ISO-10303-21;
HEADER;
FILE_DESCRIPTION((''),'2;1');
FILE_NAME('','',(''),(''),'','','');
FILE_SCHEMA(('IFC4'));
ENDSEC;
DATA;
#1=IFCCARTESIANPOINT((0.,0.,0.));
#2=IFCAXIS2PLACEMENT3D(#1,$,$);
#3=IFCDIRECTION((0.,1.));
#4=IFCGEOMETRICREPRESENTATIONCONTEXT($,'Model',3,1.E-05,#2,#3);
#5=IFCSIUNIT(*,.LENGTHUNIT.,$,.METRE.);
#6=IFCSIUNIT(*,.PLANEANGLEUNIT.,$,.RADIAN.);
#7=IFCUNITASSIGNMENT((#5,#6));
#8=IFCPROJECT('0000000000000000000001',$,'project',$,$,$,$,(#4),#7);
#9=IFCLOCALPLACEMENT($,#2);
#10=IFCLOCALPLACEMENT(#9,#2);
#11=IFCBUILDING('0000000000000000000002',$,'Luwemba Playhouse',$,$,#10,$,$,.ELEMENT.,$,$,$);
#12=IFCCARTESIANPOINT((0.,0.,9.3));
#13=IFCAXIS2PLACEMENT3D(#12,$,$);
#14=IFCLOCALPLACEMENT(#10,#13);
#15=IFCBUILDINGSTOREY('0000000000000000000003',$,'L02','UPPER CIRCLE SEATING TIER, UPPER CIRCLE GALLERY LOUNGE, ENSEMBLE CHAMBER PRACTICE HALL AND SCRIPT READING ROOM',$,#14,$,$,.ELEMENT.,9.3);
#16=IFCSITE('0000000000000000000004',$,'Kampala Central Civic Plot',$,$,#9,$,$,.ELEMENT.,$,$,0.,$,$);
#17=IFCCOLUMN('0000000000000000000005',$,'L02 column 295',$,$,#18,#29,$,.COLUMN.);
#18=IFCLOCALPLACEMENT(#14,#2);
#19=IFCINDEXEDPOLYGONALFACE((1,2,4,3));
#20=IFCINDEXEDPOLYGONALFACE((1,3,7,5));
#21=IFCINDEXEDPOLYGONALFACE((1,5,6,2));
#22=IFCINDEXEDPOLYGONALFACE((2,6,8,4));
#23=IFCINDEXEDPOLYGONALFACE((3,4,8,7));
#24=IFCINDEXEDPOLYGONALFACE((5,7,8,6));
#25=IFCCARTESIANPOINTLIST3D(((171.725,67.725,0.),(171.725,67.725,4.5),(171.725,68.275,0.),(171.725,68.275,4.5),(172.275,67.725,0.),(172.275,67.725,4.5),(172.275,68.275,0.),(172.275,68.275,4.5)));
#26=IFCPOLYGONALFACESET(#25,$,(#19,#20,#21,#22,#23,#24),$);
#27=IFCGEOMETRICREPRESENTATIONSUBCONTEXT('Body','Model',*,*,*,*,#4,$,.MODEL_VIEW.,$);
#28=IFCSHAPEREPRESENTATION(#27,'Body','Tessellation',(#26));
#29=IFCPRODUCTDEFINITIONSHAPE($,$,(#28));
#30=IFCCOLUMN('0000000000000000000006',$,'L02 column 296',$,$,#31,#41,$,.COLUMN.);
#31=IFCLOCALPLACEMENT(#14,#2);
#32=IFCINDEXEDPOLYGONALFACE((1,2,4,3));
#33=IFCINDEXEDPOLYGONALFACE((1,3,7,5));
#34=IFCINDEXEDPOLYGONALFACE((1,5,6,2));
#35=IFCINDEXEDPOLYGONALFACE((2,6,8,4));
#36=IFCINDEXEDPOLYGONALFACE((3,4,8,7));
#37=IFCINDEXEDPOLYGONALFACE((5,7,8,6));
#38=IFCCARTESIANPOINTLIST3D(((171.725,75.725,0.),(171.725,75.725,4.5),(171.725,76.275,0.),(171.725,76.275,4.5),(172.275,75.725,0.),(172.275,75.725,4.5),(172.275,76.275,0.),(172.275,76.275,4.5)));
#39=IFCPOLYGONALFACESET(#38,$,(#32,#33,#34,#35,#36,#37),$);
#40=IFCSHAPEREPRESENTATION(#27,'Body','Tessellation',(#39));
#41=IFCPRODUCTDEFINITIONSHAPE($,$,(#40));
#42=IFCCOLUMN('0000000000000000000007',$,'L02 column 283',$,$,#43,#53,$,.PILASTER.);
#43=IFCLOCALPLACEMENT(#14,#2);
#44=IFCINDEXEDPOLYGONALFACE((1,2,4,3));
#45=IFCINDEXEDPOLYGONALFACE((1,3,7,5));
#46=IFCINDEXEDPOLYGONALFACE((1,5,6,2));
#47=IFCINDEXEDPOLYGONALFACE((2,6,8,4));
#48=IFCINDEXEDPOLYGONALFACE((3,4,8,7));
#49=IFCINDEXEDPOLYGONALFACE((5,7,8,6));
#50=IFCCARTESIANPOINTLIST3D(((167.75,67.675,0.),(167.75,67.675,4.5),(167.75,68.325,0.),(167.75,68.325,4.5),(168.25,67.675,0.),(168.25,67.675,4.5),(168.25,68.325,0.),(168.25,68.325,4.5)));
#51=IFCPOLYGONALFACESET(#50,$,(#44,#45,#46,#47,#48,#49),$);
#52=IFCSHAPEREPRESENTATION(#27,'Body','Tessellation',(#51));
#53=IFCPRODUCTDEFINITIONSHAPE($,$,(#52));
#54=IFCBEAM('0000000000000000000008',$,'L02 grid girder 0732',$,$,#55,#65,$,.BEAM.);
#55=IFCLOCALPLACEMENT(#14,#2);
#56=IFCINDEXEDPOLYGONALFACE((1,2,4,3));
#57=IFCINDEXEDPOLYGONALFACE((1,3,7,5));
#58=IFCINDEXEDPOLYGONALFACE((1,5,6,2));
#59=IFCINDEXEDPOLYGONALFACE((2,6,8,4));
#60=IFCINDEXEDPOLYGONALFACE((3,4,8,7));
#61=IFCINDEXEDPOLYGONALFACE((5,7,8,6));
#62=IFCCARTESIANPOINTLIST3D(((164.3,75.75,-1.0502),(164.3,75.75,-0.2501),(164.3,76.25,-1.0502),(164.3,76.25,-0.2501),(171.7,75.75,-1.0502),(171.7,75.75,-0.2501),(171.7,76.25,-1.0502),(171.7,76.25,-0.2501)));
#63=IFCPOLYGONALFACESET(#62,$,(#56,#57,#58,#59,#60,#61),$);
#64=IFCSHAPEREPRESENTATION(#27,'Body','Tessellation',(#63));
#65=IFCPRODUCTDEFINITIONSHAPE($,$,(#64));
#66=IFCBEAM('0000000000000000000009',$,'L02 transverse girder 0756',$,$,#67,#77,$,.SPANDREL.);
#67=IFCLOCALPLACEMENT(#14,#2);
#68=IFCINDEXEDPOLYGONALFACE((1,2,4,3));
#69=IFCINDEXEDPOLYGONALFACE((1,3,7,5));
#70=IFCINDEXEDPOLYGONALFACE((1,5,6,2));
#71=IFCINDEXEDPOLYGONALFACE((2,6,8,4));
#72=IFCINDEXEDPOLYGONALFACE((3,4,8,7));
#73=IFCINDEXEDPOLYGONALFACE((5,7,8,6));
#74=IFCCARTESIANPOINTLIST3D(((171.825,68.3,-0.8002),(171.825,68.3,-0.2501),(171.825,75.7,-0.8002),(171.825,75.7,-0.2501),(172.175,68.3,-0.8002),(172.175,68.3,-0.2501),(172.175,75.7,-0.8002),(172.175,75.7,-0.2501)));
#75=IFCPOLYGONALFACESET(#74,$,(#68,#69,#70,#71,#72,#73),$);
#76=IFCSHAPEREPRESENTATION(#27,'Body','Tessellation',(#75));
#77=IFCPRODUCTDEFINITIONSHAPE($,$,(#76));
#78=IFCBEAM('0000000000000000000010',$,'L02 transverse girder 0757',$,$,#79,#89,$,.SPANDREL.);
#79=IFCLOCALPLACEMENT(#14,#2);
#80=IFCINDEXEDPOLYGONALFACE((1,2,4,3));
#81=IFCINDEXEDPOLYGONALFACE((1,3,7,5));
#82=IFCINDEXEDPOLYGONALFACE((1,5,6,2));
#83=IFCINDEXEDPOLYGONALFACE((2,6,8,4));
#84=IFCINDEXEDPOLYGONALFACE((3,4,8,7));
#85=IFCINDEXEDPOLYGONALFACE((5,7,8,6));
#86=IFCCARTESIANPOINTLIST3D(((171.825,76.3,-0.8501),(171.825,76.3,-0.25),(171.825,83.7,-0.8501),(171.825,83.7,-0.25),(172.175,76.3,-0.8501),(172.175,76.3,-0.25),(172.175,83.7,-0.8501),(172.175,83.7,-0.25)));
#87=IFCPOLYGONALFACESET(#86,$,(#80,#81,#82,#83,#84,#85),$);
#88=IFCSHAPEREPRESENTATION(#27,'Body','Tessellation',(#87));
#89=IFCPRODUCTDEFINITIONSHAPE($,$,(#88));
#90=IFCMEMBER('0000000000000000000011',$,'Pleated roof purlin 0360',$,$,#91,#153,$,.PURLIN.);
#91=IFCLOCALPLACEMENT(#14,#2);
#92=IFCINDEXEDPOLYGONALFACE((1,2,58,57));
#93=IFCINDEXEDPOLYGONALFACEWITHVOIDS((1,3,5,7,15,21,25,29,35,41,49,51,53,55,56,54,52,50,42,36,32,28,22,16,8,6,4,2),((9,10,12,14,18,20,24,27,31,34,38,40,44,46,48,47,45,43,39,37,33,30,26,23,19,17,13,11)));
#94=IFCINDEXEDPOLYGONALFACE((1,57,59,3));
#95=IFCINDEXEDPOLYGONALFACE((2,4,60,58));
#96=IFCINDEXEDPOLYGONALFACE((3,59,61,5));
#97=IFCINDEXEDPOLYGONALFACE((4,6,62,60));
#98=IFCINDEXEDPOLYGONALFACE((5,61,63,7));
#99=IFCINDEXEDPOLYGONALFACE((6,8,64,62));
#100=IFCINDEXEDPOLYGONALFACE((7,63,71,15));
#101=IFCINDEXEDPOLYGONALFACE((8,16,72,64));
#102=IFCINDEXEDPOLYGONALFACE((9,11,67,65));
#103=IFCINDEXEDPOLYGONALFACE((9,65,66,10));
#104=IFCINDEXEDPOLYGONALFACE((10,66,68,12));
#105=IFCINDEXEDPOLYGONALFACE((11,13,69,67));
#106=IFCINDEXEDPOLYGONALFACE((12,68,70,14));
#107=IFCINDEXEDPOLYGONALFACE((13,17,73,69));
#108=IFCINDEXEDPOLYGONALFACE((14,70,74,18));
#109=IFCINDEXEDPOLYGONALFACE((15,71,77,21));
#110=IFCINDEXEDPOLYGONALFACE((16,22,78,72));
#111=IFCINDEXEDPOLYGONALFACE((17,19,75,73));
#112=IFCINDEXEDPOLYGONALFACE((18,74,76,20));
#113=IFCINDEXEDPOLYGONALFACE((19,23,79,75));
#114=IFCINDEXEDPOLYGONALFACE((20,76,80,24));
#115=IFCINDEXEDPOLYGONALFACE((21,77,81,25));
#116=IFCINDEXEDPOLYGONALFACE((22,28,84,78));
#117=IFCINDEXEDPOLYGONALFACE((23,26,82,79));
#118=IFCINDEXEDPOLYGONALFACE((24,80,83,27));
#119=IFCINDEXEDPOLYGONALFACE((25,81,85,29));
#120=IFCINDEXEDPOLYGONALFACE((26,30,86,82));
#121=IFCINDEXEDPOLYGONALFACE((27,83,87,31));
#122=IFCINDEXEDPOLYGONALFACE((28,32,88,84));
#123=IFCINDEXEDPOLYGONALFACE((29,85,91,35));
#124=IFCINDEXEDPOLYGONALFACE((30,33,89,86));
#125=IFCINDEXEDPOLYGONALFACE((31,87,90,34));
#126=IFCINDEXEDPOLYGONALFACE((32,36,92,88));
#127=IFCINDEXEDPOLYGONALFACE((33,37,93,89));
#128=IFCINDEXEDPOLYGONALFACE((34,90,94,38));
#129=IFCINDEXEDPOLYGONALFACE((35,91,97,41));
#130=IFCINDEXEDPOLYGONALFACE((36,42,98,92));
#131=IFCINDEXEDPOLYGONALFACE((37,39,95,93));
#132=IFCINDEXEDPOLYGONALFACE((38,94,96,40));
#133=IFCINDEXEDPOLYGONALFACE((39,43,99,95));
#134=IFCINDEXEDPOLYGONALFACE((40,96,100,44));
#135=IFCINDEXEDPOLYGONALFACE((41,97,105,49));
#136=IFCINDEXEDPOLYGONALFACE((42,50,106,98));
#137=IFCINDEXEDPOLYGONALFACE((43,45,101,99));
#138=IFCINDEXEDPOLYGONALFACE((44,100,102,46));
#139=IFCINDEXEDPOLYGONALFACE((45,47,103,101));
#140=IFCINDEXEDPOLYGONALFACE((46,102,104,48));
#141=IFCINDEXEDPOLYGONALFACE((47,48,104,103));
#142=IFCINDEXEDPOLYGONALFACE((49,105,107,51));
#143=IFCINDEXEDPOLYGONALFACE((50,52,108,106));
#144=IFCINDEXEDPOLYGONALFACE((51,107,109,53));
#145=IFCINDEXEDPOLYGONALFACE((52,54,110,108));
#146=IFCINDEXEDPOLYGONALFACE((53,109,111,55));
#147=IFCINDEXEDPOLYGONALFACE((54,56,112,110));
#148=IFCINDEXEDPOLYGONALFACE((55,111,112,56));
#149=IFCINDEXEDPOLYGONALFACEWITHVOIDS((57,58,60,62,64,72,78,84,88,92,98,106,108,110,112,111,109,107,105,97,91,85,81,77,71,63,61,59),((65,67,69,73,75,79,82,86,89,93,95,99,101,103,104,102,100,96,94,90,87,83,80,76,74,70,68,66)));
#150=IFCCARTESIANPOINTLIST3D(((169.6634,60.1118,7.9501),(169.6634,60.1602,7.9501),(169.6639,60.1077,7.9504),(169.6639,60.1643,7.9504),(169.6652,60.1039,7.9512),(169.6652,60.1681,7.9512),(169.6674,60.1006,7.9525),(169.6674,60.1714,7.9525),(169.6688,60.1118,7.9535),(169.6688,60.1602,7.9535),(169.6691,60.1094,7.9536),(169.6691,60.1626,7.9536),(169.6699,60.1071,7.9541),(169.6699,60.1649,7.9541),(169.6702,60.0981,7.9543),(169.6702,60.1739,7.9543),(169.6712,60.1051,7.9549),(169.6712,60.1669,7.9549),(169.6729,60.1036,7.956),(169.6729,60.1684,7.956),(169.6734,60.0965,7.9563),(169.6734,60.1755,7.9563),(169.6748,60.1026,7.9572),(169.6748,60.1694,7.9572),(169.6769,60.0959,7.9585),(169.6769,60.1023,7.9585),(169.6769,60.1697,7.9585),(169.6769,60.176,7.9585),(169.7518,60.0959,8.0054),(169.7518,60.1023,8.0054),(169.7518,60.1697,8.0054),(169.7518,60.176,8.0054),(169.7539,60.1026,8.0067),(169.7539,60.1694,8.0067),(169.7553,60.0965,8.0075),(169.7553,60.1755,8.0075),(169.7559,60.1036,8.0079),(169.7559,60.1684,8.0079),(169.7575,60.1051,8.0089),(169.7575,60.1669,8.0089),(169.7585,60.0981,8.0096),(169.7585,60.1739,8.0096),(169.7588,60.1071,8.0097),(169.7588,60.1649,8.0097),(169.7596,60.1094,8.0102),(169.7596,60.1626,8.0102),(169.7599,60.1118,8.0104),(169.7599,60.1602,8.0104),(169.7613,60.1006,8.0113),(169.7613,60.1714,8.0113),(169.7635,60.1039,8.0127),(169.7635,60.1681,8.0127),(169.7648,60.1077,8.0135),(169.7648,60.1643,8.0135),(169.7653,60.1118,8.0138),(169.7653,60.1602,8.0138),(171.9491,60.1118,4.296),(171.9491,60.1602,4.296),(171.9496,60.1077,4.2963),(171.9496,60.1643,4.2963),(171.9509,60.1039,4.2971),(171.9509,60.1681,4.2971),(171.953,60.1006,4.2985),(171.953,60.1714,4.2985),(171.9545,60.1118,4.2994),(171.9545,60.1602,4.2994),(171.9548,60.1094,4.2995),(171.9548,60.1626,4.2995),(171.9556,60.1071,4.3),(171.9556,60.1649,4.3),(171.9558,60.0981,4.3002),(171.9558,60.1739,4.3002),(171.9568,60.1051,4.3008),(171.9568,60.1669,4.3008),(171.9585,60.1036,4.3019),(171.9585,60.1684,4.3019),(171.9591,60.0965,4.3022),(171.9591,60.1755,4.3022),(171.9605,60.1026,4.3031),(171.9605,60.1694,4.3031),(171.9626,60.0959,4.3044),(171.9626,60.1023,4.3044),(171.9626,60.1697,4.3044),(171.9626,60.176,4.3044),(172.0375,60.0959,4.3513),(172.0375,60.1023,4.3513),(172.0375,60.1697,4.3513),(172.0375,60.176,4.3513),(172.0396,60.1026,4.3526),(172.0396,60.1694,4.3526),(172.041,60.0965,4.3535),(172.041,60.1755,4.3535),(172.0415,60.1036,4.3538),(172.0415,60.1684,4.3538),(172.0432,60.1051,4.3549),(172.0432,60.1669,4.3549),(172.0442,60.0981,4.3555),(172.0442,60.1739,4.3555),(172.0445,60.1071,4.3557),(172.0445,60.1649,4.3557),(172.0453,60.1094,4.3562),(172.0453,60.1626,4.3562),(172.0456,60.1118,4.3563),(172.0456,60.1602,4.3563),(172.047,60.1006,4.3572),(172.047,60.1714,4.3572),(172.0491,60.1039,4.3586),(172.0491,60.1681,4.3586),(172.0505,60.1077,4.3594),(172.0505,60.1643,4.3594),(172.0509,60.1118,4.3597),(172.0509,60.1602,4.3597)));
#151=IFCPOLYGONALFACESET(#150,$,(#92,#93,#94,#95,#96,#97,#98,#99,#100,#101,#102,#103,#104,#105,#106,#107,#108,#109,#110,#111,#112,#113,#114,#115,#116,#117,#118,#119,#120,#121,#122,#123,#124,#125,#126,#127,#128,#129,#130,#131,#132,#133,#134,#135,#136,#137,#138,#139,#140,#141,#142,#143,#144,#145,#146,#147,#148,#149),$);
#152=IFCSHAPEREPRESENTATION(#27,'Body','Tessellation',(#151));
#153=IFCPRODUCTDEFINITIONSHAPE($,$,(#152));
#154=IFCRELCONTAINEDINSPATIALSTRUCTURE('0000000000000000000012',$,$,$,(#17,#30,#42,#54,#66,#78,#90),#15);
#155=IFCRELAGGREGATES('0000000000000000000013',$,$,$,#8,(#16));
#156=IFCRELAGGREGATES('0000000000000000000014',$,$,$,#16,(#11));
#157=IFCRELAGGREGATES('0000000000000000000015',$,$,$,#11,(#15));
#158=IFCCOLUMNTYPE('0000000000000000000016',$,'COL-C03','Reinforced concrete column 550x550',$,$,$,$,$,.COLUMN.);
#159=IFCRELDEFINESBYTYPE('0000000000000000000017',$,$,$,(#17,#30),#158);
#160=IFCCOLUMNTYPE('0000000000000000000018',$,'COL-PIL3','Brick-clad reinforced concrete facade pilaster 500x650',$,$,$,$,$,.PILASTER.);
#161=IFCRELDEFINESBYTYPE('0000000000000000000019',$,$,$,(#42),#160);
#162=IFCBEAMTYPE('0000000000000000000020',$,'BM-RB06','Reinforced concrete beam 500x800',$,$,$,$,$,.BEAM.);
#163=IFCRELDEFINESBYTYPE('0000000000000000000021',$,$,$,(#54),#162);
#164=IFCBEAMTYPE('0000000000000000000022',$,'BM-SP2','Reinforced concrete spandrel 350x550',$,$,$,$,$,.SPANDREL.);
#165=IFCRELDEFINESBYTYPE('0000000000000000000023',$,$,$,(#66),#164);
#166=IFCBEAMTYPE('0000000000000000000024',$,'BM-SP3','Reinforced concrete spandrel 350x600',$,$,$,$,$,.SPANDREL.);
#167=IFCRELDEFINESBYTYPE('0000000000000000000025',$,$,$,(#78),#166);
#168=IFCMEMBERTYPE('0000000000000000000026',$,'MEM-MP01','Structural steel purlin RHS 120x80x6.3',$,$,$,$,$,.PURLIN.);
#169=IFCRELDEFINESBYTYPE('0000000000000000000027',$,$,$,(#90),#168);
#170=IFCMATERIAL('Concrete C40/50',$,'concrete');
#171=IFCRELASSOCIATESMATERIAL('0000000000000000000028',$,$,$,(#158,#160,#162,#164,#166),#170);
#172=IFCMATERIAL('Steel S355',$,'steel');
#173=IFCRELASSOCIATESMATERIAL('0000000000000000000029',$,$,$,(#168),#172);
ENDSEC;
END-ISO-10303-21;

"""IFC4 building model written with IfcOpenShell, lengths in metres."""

from ifc_helpers import new_model, si_unit, direction, frame, origin, origin_2d, place, context, subcontext, project, spatial, rectangle, hollow_rectangle, extrude, material, material_profile, profile_set, type_object, element, save


model = new_model("IFC4")

# Units and contexts
model_context = context("Model", 3, precision=1e-05, world=origin(), true_north=direction((0.0, 1.0)))
body_context = subcontext(model_context, "Body", "Model", "MODEL_VIEW")
ifc_project = project(units=[si_unit("LENGTHUNIT", "METRE"), si_unit("PLANEANGLEUNIT", "RADIAN")], contexts=[model_context])

# Site, building, storey
site_placement = place(None, origin())
site = spatial("IfcSite", under=ifc_project, at=site_placement, Name="Kampala Central Civic Plot", CompositionType="ELEMENT", RefElevation=0.0)
building_placement = place(site_placement, origin())
building = spatial("IfcBuilding", under=site, at=building_placement, Name="Luwemba Playhouse", CompositionType="ELEMENT")
storey_placement = place(building_placement, frame((0.0, 0.0, 9.3)))
storey = spatial("IfcBuildingStorey", under=building, at=storey_placement, Name="L02", Description="UPPER CIRCLE SEATING TIER, UPPER CIRCLE GALLERY LOUNGE, ENSEMBLE CHAMBER PRACTICE HALL AND SCRIPT READING ROOM", CompositionType="ELEMENT", Elevation=9.3)

# Columns
ifc_material_1 = material(Name="Concrete C40/50", Category="concrete")
ifc_material_profile_1 = material_profile(ifc_material_1, rectangle(XDim=0.55, YDim=0.55, at=origin_2d()))
ifc_profile_set_1 = profile_set([ifc_material_profile_1], Name="Concrete C40/50")
column_type_1 = type_object("IfcColumnType", Name="COL-C03", Description="Reinforced concrete column 550x550", PredefinedType="COLUMN", material=ifc_profile_set_1)
for number, where, z_axis, x_axis, name in (
    (1, (172.0, 68.0, 0.0), (0.0, 0.0, 1.0), (1.0, 0.0, 0.0), "L02 column 295"),
    (2, (172.0, 76.0, 0.0), (0.0, 0.0, 1.0), (1.0, 0.0, 0.0), "L02 column 296"),
):
    element("IfcColumn", number, at=place(storey_placement, frame(where, z_axis=z_axis, x_axis=x_axis)), inside=storey, type_object=column_type_1, Name=name, PredefinedType="COLUMN", context=body_context, shape_type="SweptSolid", body=[
        extrude(rectangle(XDim=0.55, YDim=0.55, at=origin_2d()), origin(), (0.0, 0.0, 1.0), 4.5),
    ])
ifc_material_profile_2 = material_profile(ifc_material_1, rectangle(XDim=0.5, YDim=0.6499, at=origin_2d()))
ifc_profile_set_2 = profile_set([ifc_material_profile_2], Name="Concrete C40/50")
column_type_2 = type_object("IfcColumnType", Name="COL-PIL3", Description="Brick-clad reinforced concrete facade pilaster 500x650", PredefinedType="PILASTER", material=ifc_profile_set_2)
column_placement = place(storey_placement, frame((168.0, 68.0, 0.0), z_axis=(0.0, 0.0, 1.0), x_axis=(1.0, 0.0, 0.0)))
element("IfcColumn", 3, at=column_placement, inside=storey, type_object=column_type_2, Name="L02 column 283", PredefinedType="PILASTER", context=body_context, shape_type="SweptSolid", body=[
    extrude(rectangle(XDim=0.5, YDim=0.6499, at=origin_2d()), origin(), (0.0, 0.0, 1.0), 4.5),
])

# Beams
ifc_material_profile_3 = material_profile(ifc_material_1, rectangle(XDim=0.5, YDim=0.8, at=origin_2d()))
ifc_profile_set_3 = profile_set([ifc_material_profile_3], Name="Concrete C40/50")
beam_type_1 = type_object("IfcBeamType", Name="BM-RB06", Description="Reinforced concrete beam 500x800", PredefinedType="BEAM", material=ifc_profile_set_3)
beam_1_placement = place(storey_placement, frame((164.3, 76.0, -0.6501), z_axis=(1.0, 0.0, 0.0), x_axis=(0.0, 1.0, 0.0)))
element("IfcBeam", 4, at=beam_1_placement, inside=storey, type_object=beam_type_1, Name="L02 grid girder 0732", PredefinedType="BEAM", context=body_context, shape_type="SweptSolid", body=[
    extrude(rectangle(XDim=0.5, YDim=0.8, at=origin_2d()), origin(), (0.0, 0.0, 1.0), 7.3999),
])
ifc_material_profile_4 = material_profile(ifc_material_1, rectangle(XDim=0.3501, YDim=0.55, at=origin_2d()))
ifc_profile_set_4 = profile_set([ifc_material_profile_4], Name="Concrete C40/50")
beam_type_2 = type_object("IfcBeamType", Name="BM-SP2", Description="Reinforced concrete spandrel 350x550", PredefinedType="SPANDREL", material=ifc_profile_set_4)
beam_2_placement = place(storey_placement, frame((172.0, 68.3, -0.5251), z_axis=(0.0, 1.0, 0.0), x_axis=(-1.0, 0.0, 0.0)))
element("IfcBeam", 5, at=beam_2_placement, inside=storey, type_object=beam_type_2, Name="L02 transverse girder 0756", PredefinedType="SPANDREL", context=body_context, shape_type="SweptSolid", body=[
    extrude(rectangle(XDim=0.3501, YDim=0.55, at=origin_2d()), origin(), (0.0, 0.0, 1.0), 7.3999),
])
ifc_material_profile_5 = material_profile(ifc_material_1, rectangle(XDim=0.3501, YDim=0.6001, at=origin_2d()))
ifc_profile_set_5 = profile_set([ifc_material_profile_5], Name="Concrete C40/50")
beam_type_3 = type_object("IfcBeamType", Name="BM-SP3", Description="Reinforced concrete spandrel 350x600", PredefinedType="SPANDREL", material=ifc_profile_set_5)
beam_3_placement = place(storey_placement, frame((172.0, 76.3, -0.55), z_axis=(0.0, 1.0, 0.0), x_axis=(-1.0, 0.0, 0.0)))
element("IfcBeam", 6, at=beam_3_placement, inside=storey, type_object=beam_type_3, Name="L02 transverse girder 0757", PredefinedType="SPANDREL", context=body_context, shape_type="SweptSolid", body=[
    extrude(rectangle(XDim=0.3501, YDim=0.6001, at=origin_2d()), origin(), (0.0, 0.0, 1.0), 7.3999),
])

# Member
ifc_material_2 = material(Name="Steel S355", Category="steel")
ifc_material_profile_6 = material_profile(ifc_material_2, hollow_rectangle(XDim=0.0801, YDim=0.1201, WallThickness=0.0063, InnerFilletRadius=0.0095, OuterFilletRadius=0.0159, at=origin_2d()))
ifc_profile_set_6 = profile_set([ifc_material_profile_6], Name="Steel S355")
member_type_1 = type_object("IfcMemberType", Name="MEM-MP01", Description="Structural steel purlin RHS 120x80x6.3", PredefinedType="PURLIN", material=ifc_profile_set_6)
member_1_placement = place(storey_placement, frame((169.7144, 60.136, 7.9819), z_axis=(0.530309, 0.0, -0.847804), x_axis=(0.0, 1.0, 0.0)))
element("IfcMember", 7, at=member_1_placement, inside=storey, type_object=member_type_1, Name="Pleated roof purlin 0360", PredefinedType="PURLIN", context=body_context, shape_type="SweptSolid", body=[
    extrude(hollow_rectangle(XDim=0.0801, YDim=0.1201, WallThickness=0.0063, InnerFilletRadius=0.0095, OuterFilletRadius=0.0159, at=origin_2d()), origin(), (0.0, 0.0, 1.0), 4.3101),
])

save(model, "model.ifc")
